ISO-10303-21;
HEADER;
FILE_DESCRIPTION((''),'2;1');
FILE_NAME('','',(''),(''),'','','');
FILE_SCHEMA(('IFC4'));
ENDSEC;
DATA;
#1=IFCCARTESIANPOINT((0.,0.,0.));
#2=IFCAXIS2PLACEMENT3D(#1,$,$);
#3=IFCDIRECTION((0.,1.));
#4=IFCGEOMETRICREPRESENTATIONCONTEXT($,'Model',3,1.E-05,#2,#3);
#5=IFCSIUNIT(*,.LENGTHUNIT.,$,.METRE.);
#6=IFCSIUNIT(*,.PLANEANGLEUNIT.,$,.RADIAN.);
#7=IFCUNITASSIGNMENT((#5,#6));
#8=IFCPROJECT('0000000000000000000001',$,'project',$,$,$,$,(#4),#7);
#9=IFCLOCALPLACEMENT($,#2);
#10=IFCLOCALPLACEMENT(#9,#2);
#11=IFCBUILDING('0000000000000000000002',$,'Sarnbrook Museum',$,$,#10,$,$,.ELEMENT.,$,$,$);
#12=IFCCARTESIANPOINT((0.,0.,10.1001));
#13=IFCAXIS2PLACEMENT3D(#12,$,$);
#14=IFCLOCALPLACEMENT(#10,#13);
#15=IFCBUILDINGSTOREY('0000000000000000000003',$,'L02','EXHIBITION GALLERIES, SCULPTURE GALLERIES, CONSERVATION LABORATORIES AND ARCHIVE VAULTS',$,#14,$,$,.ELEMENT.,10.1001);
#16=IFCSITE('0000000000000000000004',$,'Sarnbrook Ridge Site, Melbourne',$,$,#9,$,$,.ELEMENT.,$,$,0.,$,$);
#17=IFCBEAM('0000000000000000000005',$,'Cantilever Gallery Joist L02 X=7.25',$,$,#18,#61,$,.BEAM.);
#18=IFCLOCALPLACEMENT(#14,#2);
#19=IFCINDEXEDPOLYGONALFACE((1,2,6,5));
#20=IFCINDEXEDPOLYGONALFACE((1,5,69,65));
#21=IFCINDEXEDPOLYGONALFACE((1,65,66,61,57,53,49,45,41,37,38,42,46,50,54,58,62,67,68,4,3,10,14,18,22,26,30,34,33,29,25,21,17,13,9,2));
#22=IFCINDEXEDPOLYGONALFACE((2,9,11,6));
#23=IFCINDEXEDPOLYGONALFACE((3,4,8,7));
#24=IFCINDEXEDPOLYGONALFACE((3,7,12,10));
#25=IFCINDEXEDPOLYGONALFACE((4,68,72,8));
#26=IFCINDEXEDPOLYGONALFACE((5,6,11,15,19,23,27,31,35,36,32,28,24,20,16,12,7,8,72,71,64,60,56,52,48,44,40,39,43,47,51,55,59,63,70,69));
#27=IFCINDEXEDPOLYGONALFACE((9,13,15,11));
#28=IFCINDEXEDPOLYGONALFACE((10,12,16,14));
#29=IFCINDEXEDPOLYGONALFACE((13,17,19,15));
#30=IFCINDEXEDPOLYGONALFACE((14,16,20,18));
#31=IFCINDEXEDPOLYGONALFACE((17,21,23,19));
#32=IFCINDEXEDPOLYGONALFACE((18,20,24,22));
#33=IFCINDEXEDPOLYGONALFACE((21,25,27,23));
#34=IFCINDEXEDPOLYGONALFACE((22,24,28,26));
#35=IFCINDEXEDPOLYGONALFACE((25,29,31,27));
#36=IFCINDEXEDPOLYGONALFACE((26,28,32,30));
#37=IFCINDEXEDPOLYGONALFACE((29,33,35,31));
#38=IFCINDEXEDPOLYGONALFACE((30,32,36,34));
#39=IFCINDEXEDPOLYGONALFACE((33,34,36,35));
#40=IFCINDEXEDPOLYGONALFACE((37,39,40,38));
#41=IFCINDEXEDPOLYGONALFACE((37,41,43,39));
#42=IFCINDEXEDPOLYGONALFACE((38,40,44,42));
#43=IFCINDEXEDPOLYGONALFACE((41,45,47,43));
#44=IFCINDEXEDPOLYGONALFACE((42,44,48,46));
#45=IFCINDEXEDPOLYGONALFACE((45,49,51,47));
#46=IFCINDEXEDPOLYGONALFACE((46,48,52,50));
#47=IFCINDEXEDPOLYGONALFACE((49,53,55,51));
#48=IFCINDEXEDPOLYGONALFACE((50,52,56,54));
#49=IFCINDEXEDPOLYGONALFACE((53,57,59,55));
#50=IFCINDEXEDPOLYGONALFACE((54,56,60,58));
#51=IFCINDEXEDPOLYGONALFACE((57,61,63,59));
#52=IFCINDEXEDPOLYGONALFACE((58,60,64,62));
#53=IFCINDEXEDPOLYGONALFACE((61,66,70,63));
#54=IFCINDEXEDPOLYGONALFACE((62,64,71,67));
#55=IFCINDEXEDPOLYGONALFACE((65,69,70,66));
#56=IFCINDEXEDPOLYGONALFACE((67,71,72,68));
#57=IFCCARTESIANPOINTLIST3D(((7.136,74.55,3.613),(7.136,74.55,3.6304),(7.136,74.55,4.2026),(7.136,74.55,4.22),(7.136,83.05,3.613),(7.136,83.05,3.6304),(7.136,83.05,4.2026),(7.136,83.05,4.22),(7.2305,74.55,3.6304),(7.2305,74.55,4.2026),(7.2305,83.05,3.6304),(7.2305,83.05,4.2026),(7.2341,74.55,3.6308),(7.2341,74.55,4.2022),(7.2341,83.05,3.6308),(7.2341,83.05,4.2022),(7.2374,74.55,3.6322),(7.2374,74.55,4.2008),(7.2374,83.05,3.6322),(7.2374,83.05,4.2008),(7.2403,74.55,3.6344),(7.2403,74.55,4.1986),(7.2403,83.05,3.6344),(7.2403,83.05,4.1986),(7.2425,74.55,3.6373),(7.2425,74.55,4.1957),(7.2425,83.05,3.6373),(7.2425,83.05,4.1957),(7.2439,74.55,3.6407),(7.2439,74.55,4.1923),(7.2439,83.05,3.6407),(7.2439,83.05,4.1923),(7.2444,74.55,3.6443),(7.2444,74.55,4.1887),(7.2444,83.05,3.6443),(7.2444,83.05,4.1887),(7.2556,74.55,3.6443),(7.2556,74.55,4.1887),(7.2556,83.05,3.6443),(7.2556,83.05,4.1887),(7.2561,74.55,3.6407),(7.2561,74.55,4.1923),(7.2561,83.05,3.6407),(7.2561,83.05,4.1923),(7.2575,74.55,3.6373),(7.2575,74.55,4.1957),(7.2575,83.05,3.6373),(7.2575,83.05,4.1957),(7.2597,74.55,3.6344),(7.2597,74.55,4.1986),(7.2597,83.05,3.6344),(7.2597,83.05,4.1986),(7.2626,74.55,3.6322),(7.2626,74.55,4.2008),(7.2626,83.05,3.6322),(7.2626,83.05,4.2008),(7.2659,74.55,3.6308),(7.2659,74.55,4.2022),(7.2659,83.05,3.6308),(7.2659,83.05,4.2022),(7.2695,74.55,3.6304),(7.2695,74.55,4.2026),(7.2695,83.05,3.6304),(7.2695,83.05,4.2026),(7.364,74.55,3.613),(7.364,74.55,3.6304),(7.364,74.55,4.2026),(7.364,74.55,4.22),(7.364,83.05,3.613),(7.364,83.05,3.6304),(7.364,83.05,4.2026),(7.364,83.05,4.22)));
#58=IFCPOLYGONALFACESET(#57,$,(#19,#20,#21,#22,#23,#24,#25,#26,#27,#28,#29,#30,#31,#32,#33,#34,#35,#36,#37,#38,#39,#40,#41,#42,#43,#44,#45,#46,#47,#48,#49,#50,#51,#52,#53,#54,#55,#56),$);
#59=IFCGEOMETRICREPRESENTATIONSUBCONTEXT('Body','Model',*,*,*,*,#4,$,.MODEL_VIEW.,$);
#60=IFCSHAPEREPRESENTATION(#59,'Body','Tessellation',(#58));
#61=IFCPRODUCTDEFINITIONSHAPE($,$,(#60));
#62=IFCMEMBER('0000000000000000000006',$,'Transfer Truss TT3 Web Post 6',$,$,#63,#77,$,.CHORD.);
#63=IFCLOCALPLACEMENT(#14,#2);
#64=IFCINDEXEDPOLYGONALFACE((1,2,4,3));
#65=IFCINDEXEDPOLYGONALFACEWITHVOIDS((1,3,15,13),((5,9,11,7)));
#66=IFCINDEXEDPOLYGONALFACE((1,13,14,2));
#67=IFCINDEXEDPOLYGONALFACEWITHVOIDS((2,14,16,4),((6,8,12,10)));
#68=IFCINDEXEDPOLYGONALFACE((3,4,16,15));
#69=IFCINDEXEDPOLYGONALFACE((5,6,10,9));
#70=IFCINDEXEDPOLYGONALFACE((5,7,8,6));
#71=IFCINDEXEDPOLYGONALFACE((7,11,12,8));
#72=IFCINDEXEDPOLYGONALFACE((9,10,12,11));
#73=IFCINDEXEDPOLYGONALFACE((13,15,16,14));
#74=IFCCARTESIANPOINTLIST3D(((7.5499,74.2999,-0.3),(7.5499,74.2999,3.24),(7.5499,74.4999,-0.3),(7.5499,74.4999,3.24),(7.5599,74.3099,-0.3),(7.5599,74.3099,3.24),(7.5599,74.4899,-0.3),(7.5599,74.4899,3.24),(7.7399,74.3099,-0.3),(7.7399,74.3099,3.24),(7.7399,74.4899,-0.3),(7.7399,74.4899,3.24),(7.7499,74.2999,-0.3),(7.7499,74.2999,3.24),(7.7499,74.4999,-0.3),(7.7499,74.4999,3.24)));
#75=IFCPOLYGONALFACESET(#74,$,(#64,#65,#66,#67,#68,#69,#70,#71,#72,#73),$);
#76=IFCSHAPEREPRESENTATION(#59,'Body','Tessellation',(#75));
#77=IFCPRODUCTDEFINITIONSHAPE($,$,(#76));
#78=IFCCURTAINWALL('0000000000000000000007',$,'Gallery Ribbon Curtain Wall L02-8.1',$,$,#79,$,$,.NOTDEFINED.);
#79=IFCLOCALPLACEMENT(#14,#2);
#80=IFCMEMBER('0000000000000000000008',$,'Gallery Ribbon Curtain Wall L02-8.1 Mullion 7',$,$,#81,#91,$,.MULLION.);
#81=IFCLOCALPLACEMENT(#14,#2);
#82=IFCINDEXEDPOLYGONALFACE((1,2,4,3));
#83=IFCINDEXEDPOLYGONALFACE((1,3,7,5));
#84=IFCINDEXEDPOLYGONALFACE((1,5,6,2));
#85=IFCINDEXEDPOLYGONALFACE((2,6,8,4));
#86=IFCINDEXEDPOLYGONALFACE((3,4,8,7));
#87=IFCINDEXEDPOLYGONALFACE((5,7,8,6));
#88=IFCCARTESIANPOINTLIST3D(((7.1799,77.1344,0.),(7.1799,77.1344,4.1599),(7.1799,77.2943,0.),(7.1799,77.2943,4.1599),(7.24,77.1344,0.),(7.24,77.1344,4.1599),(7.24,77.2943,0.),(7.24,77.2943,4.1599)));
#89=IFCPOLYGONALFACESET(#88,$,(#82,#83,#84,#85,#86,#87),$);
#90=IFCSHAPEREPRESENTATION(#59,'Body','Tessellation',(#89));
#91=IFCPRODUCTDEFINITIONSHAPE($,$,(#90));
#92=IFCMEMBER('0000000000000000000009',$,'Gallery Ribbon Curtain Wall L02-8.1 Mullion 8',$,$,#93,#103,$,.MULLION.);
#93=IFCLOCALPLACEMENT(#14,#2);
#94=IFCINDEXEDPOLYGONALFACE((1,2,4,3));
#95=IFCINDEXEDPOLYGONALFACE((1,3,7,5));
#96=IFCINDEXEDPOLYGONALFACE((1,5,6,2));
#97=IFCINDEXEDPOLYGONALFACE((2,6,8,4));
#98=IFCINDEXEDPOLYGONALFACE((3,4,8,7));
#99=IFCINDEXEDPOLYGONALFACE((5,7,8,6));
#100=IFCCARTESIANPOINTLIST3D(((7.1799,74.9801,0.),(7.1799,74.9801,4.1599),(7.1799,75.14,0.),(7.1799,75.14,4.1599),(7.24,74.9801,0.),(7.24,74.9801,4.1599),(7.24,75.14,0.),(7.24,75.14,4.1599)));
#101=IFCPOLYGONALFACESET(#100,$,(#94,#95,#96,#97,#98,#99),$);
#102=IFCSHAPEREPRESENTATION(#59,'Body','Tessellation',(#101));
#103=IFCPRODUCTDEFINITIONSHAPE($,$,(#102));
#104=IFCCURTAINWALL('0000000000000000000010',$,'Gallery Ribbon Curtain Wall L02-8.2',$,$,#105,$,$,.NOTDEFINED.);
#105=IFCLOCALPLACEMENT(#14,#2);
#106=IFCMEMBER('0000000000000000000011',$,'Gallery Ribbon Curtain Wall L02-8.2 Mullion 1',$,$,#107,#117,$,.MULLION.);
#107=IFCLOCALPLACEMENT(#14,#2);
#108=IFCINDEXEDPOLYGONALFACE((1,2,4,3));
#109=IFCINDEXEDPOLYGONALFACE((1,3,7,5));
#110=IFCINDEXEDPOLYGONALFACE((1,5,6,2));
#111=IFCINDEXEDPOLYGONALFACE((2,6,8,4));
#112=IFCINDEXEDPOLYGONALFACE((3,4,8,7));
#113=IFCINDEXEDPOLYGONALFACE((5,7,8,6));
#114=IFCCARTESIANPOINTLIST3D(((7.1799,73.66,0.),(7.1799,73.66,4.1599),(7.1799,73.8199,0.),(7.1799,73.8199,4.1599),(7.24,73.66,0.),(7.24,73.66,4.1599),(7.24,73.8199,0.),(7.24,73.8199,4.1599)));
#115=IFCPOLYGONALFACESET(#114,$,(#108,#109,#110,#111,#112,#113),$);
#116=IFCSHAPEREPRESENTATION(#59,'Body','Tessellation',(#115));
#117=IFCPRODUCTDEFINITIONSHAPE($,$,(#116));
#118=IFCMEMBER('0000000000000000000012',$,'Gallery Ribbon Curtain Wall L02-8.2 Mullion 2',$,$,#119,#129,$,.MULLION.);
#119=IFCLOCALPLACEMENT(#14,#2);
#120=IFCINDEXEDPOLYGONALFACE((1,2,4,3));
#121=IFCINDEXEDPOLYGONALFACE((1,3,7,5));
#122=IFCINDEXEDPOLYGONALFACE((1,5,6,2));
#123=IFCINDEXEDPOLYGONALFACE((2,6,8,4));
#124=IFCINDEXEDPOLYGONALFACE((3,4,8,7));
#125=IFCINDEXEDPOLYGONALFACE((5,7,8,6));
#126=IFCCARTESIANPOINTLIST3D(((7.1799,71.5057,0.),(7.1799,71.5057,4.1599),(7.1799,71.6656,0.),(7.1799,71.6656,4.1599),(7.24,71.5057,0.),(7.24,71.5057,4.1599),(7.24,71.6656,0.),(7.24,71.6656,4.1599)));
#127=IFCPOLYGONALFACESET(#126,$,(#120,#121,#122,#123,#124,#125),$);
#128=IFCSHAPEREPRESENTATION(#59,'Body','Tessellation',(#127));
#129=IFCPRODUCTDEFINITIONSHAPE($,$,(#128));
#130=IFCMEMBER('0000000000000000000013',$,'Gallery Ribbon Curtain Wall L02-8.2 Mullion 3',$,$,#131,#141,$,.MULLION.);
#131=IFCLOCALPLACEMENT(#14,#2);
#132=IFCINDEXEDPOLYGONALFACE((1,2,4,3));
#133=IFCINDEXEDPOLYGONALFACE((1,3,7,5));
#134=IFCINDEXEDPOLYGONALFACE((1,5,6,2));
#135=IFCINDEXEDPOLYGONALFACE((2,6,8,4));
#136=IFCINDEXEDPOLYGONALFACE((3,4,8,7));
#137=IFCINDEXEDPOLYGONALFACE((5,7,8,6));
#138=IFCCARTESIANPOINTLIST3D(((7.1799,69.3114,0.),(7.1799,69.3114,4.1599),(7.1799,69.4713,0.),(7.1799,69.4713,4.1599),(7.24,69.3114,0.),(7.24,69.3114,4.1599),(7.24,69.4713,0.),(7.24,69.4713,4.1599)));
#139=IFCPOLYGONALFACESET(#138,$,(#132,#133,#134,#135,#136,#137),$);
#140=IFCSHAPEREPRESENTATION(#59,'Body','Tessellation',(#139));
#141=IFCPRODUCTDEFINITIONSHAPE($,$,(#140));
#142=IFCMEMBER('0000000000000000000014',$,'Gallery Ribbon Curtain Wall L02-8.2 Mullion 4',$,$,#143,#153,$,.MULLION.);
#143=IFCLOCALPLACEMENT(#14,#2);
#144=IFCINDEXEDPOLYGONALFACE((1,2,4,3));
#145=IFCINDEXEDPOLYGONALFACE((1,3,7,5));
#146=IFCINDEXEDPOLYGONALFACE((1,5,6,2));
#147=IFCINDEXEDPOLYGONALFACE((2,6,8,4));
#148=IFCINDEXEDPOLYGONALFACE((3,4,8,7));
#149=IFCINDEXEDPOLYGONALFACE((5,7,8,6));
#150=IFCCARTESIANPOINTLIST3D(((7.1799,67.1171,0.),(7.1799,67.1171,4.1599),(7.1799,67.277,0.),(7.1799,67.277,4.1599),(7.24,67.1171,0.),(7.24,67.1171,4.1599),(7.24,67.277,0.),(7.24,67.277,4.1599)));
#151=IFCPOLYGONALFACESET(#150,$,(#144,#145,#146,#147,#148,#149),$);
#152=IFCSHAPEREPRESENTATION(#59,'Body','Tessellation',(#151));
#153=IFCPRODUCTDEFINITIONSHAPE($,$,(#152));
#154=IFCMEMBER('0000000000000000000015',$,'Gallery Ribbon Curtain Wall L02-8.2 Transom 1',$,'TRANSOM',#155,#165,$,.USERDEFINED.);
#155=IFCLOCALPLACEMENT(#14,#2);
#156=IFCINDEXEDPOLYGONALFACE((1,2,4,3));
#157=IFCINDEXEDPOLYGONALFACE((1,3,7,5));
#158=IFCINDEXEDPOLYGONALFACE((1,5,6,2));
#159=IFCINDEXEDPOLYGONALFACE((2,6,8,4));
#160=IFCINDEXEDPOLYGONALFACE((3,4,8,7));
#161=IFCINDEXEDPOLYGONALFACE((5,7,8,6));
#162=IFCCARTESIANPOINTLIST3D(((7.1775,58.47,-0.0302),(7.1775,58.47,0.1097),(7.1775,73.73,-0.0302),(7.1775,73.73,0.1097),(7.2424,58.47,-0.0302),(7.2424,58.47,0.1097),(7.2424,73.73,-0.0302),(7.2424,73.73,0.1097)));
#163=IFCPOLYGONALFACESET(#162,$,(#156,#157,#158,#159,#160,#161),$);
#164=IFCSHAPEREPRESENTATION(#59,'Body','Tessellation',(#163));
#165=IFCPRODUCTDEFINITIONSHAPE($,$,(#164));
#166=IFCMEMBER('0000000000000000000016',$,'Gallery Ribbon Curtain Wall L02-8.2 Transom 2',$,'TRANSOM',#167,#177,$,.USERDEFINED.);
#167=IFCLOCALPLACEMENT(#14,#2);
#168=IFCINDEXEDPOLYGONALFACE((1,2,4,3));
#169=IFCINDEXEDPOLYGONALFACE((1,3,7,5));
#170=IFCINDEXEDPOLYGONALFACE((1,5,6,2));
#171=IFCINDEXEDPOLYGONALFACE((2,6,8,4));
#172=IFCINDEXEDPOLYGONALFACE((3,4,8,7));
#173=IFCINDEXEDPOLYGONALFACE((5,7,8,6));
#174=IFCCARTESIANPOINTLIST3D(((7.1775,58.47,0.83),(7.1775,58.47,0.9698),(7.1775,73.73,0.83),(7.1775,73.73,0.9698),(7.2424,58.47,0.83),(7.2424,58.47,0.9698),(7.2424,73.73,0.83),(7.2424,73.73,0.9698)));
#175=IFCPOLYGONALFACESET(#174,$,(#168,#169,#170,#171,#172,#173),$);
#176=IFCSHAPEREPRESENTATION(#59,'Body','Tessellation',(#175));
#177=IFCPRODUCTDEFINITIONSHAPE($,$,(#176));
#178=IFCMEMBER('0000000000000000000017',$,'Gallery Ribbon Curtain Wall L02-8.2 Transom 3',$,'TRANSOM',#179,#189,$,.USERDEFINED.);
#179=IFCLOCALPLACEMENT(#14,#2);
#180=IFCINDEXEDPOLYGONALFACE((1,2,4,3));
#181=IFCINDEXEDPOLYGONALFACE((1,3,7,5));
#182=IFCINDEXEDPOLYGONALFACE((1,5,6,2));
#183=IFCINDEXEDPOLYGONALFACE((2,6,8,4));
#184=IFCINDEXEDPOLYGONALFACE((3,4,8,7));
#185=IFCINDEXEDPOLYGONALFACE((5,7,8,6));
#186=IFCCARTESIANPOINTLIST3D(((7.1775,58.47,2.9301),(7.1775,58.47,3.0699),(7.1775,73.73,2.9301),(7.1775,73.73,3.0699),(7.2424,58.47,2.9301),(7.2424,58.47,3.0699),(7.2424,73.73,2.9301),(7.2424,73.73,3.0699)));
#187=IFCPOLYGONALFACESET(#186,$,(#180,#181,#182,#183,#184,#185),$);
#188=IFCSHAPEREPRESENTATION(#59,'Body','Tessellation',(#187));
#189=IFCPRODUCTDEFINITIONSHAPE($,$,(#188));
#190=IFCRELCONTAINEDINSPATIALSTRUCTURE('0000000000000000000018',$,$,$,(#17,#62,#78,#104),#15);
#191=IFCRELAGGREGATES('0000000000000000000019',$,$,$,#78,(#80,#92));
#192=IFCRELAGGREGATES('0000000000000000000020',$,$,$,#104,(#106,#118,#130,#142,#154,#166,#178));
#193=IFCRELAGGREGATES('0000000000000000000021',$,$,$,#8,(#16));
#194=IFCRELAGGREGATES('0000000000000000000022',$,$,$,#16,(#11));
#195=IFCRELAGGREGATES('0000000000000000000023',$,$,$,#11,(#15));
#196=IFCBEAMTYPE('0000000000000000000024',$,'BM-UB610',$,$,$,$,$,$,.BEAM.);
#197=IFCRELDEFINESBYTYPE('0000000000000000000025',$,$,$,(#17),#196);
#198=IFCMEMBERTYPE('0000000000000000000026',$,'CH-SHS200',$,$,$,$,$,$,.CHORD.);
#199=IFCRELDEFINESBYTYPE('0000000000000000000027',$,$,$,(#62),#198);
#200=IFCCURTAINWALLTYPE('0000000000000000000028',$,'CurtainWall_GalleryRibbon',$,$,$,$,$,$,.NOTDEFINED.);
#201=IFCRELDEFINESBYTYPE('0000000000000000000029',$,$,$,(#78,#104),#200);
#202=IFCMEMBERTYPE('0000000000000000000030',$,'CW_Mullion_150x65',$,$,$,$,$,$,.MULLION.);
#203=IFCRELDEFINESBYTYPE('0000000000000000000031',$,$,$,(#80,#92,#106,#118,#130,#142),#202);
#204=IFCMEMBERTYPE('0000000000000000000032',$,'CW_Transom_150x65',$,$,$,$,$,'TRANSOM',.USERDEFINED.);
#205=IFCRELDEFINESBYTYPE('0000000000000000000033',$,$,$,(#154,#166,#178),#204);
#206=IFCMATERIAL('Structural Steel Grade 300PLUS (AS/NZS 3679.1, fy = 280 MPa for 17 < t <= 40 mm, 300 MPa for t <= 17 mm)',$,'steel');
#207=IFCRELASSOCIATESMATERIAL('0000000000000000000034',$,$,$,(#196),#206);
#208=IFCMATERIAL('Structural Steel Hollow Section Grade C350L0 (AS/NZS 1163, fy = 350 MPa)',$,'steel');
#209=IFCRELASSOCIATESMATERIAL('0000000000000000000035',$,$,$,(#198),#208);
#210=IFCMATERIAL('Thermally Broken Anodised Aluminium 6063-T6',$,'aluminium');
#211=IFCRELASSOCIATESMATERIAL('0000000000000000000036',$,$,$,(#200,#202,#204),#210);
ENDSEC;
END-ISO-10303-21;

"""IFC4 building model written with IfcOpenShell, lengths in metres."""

from ifc_helpers import new_model, si_unit, direction, frame, origin, origin_2d, place, context, subcontext, project, spatial, rectangle, hollow_rectangle, i_section, extrude, material, material_profile, profile_set, type_object, element, aggregate, save


model = new_model("IFC4")

# Units and contexts
model_context = context("Model", 3, precision=1e-05, world=origin(), true_north=direction((0.0, 1.0)))
body_context = subcontext(model_context, "Body", "Model", "MODEL_VIEW")
ifc_project = project(units=[si_unit("LENGTHUNIT", "METRE"), si_unit("PLANEANGLEUNIT", "RADIAN")], contexts=[model_context])

# Site, building, storey
site_placement = place(None, origin())
site = spatial("IfcSite", under=ifc_project, at=site_placement, Name="Sarnbrook Ridge Site, Melbourne", CompositionType="ELEMENT", RefElevation=0.0)
building_placement = place(site_placement, origin())
building = spatial("IfcBuilding", under=site, at=building_placement, Name="Sarnbrook Museum", CompositionType="ELEMENT")
storey_placement = place(building_placement, frame((0.0, 0.0, 10.1001)))
storey = spatial("IfcBuildingStorey", under=building, at=storey_placement, Name="L02", Description="EXHIBITION GALLERIES, SCULPTURE GALLERIES, CONSERVATION LABORATORIES AND ARCHIVE VAULTS", CompositionType="ELEMENT", Elevation=10.1001)

# Beam
ifc_material_1 = material(Name="Structural Steel Grade 300PLUS (AS/NZS 3679.1, fy = 280 MPa for 17 < t <= 40 mm, 300 MPa for t <= 17 mm)", Category="steel")
ifc_material_profile_1 = material_profile(ifc_material_1, i_section(OverallWidth=0.228, OverallDepth=0.6069, WebThickness=0.0112, FlangeThickness=0.0173, FilletRadius=0.0139, at=origin_2d()), Name="610UB113")
ifc_profile_set_1 = profile_set([ifc_material_profile_1], Name="Structural Steel Grade 300PLUS (AS/NZS 3679.1, fy = 280 MPa for 17 < t <= 40 mm, 300 MPa for t <= 17 mm)")
beam_type = type_object("IfcBeamType", Name="BM-UB610", PredefinedType="BEAM", material=ifc_profile_set_1)
beam_placement = place(storey_placement, frame((7.25, 74.55, 3.9165), z_axis=(0.0, 1.0, 0.0), x_axis=(-1.0, 0.0, 0.0)))
element("IfcBeam", 1, at=beam_placement, inside=storey, type_object=beam_type, Name="Cantilever Gallery Joist L02 X=7.25", PredefinedType="BEAM", context=body_context, shape_type="SweptSolid", body=[
    extrude(i_section(OverallWidth=0.228, OverallDepth=0.6069, WebThickness=0.0112, FlangeThickness=0.0173, FilletRadius=0.0139, at=origin_2d()), origin(), (0.0, 0.0, 1.0), 8.5),
])

# Member
ifc_material_2 = material(Name="Structural Steel Hollow Section Grade C350L0 (AS/NZS 1163, fy = 350 MPa)", Category="steel")
ifc_material_profile_2 = material_profile(ifc_material_2, hollow_rectangle(XDim=0.2, YDim=0.2, WallThickness=0.01, at=origin_2d()), Name="200x200x10.0SHS")
ifc_profile_set_2 = profile_set([ifc_material_profile_2], Name="Structural Steel Hollow Section Grade C350L0 (AS/NZS 1163, fy = 350 MPa)")
member_type_1 = type_object("IfcMemberType", Name="CH-SHS200", PredefinedType="CHORD", material=ifc_profile_set_2)
member_1_placement = place(storey_placement, frame((7.6499, 74.3999, -0.3), z_axis=(0.0, 0.0, 1.0), x_axis=(1.0, 0.0, 0.0)))
element("IfcMember", 2, at=member_1_placement, inside=storey, type_object=member_type_1, Name="Transfer Truss TT3 Web Post 6", PredefinedType="CHORD", context=body_context, shape_type="SweptSolid", body=[
    extrude(hollow_rectangle(XDim=0.2, YDim=0.2, WallThickness=0.01, at=origin_2d()), origin(), (0.0, 0.0, 1.0), 3.54),
])

# Curtain walls, members
ifc_material_3 = material(Name="Thermally Broken Anodised Aluminium 6063-T6", Category="aluminium")
curtain_wall_type = type_object("IfcCurtainWallType", Name="CurtainWall_GalleryRibbon", PredefinedType="NOTDEFINED", material=ifc_material_3)
curtain_wall_1_placement = place(storey_placement, origin())
curtain_wall_1 = element("IfcCurtainWall", 3, at=curtain_wall_1_placement, inside=storey, type_object=curtain_wall_type, Name="Gallery Ribbon Curtain Wall L02-8.1", PredefinedType="NOTDEFINED")
ifc_material_profile_3 = material_profile(ifc_material_3, rectangle(XDim=0.0601, YDim=0.1599, at=origin_2d()), Name="ALU MULLION 60x160")
ifc_profile_set_3 = profile_set([ifc_material_profile_3], Name="Thermally Broken Anodised Aluminium 6063-T6")
member_type_2 = type_object("IfcMemberType", Name="CW_Mullion_150x65", PredefinedType="MULLION", material=ifc_profile_set_3)
member_2_placement = place(storey_placement, frame((7.21, 77.2144, 0.0), z_axis=(0.0, 0.0, 1.0), x_axis=(1.0, 0.0, 0.0)))
member_2 = element("IfcMember", 4, at=member_2_placement, type_object=member_type_2, Name="Gallery Ribbon Curtain Wall L02-8.1 Mullion 7", PredefinedType="MULLION", context=body_context, shape_type="SweptSolid", body=[
    extrude(rectangle(XDim=0.0601, YDim=0.1599, at=origin_2d()), origin(), (0.0, 0.0, 1.0), 4.1599),
])
member_3_placement = place(storey_placement, frame((7.21, 75.0601, 0.0), z_axis=(0.0, 0.0, 1.0), x_axis=(1.0, 0.0, 0.0)))
member_3 = element("IfcMember", 5, at=member_3_placement, type_object=member_type_2, Name="Gallery Ribbon Curtain Wall L02-8.1 Mullion 8", PredefinedType="MULLION", context=body_context, shape_type="SweptSolid", body=[
    extrude(rectangle(XDim=0.0601, YDim=0.1599, at=origin_2d()), origin(), (0.0, 0.0, 1.0), 4.1599),
])
curtain_wall_2_placement = place(storey_placement, origin())
curtain_wall_2 = element("IfcCurtainWall", 6, at=curtain_wall_2_placement, inside=storey, type_object=curtain_wall_type, Name="Gallery Ribbon Curtain Wall L02-8.2", PredefinedType="NOTDEFINED")
member_4_placement = place(storey_placement, frame((7.21, 73.74, 0.0), z_axis=(0.0, 0.0, 1.0), x_axis=(1.0, 0.0, 0.0)))
member_4 = element("IfcMember", 7, at=member_4_placement, type_object=member_type_2, Name="Gallery Ribbon Curtain Wall L02-8.2 Mullion 1", PredefinedType="MULLION", context=body_context, shape_type="SweptSolid", body=[
    extrude(rectangle(XDim=0.0601, YDim=0.1599, at=origin_2d()), origin(), (0.0, 0.0, 1.0), 4.1599),
])
member_5_placement = place(storey_placement, frame((7.21, 71.5857, 0.0), z_axis=(0.0, 0.0, 1.0), x_axis=(1.0, 0.0, 0.0)))
member_5 = element("IfcMember", 8, at=member_5_placement, type_object=member_type_2, Name="Gallery Ribbon Curtain Wall L02-8.2 Mullion 2", PredefinedType="MULLION", context=body_context, shape_type="SweptSolid", body=[
    extrude(rectangle(XDim=0.0601, YDim=0.1599, at=origin_2d()), origin(), (0.0, 0.0, 1.0), 4.1599),
])
member_6_placement = place(storey_placement, frame((7.21, 69.3914, 0.0), z_axis=(0.0, 0.0, 1.0), x_axis=(1.0, 0.0, 0.0)))
member_6 = element("IfcMember", 9, at=member_6_placement, type_object=member_type_2, Name="Gallery Ribbon Curtain Wall L02-8.2 Mullion 3", PredefinedType="MULLION", context=body_context, shape_type="SweptSolid", body=[
    extrude(rectangle(XDim=0.0601, YDim=0.1599, at=origin_2d()), origin(), (0.0, 0.0, 1.0), 4.1599),
])
member_7_placement = place(storey_placement, frame((7.21, 67.197, 0.0), z_axis=(0.0, 0.0, 1.0), x_axis=(1.0, 0.0, 0.0)))
member_7 = element("IfcMember", 10, at=member_7_placement, type_object=member_type_2, Name="Gallery Ribbon Curtain Wall L02-8.2 Mullion 4", PredefinedType="MULLION", context=body_context, shape_type="SweptSolid", body=[
    extrude(rectangle(XDim=0.0601, YDim=0.1599, at=origin_2d()), origin(), (0.0, 0.0, 1.0), 4.1599),
])
ifc_material_profile_4 = material_profile(ifc_material_3, rectangle(XDim=0.0649, YDim=0.1399, at=origin_2d()), Name="ALU TRANSOM 65x140")
ifc_profile_set_4 = profile_set([ifc_material_profile_4], Name="Thermally Broken Anodised Aluminium 6063-T6")
member_type_3 = type_object("IfcMemberType", Name="CW_Transom_150x65", ElementType="TRANSOM", PredefinedType="USERDEFINED", material=ifc_profile_set_4)
member_8_placement = place(storey_placement, frame((7.21, 73.73, 0.0398), z_axis=(0.0, -1.0, 0.0), x_axis=(1.0, 0.0, 0.0)))
member_8 = element("IfcMember", 11, at=member_8_placement, type_object=member_type_3, Name="Gallery Ribbon Curtain Wall L02-8.2 Transom 1", ObjectType="TRANSOM", PredefinedType="USERDEFINED", context=body_context, shape_type="SweptSolid", body=[
    extrude(rectangle(XDim=0.0649, YDim=0.1399, at=origin_2d()), origin(), (0.0, 0.0, 1.0), 15.26),
])
member_9_placement = place(storey_placement, frame((7.21, 73.73, 0.8999), z_axis=(0.0, -1.0, 0.0), x_axis=(1.0, 0.0, 0.0)))
member_9 = element("IfcMember", 12, at=member_9_placement, type_object=member_type_3, Name="Gallery Ribbon Curtain Wall L02-8.2 Transom 2", ObjectType="TRANSOM", PredefinedType="USERDEFINED", context=body_context, shape_type="SweptSolid", body=[
    extrude(rectangle(XDim=0.0649, YDim=0.1399, at=origin_2d()), origin(), (0.0, 0.0, 1.0), 15.26),
])
member_10_placement = place(storey_placement, frame((7.21, 73.73, 3.0), z_axis=(0.0, -1.0, 0.0), x_axis=(1.0, 0.0, 0.0)))
member_10 = element("IfcMember", 13, at=member_10_placement, type_object=member_type_3, Name="Gallery Ribbon Curtain Wall L02-8.2 Transom 3", ObjectType="TRANSOM", PredefinedType="USERDEFINED", context=body_context, shape_type="SweptSolid", body=[
    extrude(rectangle(XDim=0.0649, YDim=0.1399, at=origin_2d()), origin(), (0.0, 0.0, 1.0), 15.26),
])

aggregate(curtain_wall_1, [member_2, member_3])
aggregate(curtain_wall_2, [member_4, member_5, member_6, member_7, member_8, member_9, member_10])

save(model, "model.ifc")
